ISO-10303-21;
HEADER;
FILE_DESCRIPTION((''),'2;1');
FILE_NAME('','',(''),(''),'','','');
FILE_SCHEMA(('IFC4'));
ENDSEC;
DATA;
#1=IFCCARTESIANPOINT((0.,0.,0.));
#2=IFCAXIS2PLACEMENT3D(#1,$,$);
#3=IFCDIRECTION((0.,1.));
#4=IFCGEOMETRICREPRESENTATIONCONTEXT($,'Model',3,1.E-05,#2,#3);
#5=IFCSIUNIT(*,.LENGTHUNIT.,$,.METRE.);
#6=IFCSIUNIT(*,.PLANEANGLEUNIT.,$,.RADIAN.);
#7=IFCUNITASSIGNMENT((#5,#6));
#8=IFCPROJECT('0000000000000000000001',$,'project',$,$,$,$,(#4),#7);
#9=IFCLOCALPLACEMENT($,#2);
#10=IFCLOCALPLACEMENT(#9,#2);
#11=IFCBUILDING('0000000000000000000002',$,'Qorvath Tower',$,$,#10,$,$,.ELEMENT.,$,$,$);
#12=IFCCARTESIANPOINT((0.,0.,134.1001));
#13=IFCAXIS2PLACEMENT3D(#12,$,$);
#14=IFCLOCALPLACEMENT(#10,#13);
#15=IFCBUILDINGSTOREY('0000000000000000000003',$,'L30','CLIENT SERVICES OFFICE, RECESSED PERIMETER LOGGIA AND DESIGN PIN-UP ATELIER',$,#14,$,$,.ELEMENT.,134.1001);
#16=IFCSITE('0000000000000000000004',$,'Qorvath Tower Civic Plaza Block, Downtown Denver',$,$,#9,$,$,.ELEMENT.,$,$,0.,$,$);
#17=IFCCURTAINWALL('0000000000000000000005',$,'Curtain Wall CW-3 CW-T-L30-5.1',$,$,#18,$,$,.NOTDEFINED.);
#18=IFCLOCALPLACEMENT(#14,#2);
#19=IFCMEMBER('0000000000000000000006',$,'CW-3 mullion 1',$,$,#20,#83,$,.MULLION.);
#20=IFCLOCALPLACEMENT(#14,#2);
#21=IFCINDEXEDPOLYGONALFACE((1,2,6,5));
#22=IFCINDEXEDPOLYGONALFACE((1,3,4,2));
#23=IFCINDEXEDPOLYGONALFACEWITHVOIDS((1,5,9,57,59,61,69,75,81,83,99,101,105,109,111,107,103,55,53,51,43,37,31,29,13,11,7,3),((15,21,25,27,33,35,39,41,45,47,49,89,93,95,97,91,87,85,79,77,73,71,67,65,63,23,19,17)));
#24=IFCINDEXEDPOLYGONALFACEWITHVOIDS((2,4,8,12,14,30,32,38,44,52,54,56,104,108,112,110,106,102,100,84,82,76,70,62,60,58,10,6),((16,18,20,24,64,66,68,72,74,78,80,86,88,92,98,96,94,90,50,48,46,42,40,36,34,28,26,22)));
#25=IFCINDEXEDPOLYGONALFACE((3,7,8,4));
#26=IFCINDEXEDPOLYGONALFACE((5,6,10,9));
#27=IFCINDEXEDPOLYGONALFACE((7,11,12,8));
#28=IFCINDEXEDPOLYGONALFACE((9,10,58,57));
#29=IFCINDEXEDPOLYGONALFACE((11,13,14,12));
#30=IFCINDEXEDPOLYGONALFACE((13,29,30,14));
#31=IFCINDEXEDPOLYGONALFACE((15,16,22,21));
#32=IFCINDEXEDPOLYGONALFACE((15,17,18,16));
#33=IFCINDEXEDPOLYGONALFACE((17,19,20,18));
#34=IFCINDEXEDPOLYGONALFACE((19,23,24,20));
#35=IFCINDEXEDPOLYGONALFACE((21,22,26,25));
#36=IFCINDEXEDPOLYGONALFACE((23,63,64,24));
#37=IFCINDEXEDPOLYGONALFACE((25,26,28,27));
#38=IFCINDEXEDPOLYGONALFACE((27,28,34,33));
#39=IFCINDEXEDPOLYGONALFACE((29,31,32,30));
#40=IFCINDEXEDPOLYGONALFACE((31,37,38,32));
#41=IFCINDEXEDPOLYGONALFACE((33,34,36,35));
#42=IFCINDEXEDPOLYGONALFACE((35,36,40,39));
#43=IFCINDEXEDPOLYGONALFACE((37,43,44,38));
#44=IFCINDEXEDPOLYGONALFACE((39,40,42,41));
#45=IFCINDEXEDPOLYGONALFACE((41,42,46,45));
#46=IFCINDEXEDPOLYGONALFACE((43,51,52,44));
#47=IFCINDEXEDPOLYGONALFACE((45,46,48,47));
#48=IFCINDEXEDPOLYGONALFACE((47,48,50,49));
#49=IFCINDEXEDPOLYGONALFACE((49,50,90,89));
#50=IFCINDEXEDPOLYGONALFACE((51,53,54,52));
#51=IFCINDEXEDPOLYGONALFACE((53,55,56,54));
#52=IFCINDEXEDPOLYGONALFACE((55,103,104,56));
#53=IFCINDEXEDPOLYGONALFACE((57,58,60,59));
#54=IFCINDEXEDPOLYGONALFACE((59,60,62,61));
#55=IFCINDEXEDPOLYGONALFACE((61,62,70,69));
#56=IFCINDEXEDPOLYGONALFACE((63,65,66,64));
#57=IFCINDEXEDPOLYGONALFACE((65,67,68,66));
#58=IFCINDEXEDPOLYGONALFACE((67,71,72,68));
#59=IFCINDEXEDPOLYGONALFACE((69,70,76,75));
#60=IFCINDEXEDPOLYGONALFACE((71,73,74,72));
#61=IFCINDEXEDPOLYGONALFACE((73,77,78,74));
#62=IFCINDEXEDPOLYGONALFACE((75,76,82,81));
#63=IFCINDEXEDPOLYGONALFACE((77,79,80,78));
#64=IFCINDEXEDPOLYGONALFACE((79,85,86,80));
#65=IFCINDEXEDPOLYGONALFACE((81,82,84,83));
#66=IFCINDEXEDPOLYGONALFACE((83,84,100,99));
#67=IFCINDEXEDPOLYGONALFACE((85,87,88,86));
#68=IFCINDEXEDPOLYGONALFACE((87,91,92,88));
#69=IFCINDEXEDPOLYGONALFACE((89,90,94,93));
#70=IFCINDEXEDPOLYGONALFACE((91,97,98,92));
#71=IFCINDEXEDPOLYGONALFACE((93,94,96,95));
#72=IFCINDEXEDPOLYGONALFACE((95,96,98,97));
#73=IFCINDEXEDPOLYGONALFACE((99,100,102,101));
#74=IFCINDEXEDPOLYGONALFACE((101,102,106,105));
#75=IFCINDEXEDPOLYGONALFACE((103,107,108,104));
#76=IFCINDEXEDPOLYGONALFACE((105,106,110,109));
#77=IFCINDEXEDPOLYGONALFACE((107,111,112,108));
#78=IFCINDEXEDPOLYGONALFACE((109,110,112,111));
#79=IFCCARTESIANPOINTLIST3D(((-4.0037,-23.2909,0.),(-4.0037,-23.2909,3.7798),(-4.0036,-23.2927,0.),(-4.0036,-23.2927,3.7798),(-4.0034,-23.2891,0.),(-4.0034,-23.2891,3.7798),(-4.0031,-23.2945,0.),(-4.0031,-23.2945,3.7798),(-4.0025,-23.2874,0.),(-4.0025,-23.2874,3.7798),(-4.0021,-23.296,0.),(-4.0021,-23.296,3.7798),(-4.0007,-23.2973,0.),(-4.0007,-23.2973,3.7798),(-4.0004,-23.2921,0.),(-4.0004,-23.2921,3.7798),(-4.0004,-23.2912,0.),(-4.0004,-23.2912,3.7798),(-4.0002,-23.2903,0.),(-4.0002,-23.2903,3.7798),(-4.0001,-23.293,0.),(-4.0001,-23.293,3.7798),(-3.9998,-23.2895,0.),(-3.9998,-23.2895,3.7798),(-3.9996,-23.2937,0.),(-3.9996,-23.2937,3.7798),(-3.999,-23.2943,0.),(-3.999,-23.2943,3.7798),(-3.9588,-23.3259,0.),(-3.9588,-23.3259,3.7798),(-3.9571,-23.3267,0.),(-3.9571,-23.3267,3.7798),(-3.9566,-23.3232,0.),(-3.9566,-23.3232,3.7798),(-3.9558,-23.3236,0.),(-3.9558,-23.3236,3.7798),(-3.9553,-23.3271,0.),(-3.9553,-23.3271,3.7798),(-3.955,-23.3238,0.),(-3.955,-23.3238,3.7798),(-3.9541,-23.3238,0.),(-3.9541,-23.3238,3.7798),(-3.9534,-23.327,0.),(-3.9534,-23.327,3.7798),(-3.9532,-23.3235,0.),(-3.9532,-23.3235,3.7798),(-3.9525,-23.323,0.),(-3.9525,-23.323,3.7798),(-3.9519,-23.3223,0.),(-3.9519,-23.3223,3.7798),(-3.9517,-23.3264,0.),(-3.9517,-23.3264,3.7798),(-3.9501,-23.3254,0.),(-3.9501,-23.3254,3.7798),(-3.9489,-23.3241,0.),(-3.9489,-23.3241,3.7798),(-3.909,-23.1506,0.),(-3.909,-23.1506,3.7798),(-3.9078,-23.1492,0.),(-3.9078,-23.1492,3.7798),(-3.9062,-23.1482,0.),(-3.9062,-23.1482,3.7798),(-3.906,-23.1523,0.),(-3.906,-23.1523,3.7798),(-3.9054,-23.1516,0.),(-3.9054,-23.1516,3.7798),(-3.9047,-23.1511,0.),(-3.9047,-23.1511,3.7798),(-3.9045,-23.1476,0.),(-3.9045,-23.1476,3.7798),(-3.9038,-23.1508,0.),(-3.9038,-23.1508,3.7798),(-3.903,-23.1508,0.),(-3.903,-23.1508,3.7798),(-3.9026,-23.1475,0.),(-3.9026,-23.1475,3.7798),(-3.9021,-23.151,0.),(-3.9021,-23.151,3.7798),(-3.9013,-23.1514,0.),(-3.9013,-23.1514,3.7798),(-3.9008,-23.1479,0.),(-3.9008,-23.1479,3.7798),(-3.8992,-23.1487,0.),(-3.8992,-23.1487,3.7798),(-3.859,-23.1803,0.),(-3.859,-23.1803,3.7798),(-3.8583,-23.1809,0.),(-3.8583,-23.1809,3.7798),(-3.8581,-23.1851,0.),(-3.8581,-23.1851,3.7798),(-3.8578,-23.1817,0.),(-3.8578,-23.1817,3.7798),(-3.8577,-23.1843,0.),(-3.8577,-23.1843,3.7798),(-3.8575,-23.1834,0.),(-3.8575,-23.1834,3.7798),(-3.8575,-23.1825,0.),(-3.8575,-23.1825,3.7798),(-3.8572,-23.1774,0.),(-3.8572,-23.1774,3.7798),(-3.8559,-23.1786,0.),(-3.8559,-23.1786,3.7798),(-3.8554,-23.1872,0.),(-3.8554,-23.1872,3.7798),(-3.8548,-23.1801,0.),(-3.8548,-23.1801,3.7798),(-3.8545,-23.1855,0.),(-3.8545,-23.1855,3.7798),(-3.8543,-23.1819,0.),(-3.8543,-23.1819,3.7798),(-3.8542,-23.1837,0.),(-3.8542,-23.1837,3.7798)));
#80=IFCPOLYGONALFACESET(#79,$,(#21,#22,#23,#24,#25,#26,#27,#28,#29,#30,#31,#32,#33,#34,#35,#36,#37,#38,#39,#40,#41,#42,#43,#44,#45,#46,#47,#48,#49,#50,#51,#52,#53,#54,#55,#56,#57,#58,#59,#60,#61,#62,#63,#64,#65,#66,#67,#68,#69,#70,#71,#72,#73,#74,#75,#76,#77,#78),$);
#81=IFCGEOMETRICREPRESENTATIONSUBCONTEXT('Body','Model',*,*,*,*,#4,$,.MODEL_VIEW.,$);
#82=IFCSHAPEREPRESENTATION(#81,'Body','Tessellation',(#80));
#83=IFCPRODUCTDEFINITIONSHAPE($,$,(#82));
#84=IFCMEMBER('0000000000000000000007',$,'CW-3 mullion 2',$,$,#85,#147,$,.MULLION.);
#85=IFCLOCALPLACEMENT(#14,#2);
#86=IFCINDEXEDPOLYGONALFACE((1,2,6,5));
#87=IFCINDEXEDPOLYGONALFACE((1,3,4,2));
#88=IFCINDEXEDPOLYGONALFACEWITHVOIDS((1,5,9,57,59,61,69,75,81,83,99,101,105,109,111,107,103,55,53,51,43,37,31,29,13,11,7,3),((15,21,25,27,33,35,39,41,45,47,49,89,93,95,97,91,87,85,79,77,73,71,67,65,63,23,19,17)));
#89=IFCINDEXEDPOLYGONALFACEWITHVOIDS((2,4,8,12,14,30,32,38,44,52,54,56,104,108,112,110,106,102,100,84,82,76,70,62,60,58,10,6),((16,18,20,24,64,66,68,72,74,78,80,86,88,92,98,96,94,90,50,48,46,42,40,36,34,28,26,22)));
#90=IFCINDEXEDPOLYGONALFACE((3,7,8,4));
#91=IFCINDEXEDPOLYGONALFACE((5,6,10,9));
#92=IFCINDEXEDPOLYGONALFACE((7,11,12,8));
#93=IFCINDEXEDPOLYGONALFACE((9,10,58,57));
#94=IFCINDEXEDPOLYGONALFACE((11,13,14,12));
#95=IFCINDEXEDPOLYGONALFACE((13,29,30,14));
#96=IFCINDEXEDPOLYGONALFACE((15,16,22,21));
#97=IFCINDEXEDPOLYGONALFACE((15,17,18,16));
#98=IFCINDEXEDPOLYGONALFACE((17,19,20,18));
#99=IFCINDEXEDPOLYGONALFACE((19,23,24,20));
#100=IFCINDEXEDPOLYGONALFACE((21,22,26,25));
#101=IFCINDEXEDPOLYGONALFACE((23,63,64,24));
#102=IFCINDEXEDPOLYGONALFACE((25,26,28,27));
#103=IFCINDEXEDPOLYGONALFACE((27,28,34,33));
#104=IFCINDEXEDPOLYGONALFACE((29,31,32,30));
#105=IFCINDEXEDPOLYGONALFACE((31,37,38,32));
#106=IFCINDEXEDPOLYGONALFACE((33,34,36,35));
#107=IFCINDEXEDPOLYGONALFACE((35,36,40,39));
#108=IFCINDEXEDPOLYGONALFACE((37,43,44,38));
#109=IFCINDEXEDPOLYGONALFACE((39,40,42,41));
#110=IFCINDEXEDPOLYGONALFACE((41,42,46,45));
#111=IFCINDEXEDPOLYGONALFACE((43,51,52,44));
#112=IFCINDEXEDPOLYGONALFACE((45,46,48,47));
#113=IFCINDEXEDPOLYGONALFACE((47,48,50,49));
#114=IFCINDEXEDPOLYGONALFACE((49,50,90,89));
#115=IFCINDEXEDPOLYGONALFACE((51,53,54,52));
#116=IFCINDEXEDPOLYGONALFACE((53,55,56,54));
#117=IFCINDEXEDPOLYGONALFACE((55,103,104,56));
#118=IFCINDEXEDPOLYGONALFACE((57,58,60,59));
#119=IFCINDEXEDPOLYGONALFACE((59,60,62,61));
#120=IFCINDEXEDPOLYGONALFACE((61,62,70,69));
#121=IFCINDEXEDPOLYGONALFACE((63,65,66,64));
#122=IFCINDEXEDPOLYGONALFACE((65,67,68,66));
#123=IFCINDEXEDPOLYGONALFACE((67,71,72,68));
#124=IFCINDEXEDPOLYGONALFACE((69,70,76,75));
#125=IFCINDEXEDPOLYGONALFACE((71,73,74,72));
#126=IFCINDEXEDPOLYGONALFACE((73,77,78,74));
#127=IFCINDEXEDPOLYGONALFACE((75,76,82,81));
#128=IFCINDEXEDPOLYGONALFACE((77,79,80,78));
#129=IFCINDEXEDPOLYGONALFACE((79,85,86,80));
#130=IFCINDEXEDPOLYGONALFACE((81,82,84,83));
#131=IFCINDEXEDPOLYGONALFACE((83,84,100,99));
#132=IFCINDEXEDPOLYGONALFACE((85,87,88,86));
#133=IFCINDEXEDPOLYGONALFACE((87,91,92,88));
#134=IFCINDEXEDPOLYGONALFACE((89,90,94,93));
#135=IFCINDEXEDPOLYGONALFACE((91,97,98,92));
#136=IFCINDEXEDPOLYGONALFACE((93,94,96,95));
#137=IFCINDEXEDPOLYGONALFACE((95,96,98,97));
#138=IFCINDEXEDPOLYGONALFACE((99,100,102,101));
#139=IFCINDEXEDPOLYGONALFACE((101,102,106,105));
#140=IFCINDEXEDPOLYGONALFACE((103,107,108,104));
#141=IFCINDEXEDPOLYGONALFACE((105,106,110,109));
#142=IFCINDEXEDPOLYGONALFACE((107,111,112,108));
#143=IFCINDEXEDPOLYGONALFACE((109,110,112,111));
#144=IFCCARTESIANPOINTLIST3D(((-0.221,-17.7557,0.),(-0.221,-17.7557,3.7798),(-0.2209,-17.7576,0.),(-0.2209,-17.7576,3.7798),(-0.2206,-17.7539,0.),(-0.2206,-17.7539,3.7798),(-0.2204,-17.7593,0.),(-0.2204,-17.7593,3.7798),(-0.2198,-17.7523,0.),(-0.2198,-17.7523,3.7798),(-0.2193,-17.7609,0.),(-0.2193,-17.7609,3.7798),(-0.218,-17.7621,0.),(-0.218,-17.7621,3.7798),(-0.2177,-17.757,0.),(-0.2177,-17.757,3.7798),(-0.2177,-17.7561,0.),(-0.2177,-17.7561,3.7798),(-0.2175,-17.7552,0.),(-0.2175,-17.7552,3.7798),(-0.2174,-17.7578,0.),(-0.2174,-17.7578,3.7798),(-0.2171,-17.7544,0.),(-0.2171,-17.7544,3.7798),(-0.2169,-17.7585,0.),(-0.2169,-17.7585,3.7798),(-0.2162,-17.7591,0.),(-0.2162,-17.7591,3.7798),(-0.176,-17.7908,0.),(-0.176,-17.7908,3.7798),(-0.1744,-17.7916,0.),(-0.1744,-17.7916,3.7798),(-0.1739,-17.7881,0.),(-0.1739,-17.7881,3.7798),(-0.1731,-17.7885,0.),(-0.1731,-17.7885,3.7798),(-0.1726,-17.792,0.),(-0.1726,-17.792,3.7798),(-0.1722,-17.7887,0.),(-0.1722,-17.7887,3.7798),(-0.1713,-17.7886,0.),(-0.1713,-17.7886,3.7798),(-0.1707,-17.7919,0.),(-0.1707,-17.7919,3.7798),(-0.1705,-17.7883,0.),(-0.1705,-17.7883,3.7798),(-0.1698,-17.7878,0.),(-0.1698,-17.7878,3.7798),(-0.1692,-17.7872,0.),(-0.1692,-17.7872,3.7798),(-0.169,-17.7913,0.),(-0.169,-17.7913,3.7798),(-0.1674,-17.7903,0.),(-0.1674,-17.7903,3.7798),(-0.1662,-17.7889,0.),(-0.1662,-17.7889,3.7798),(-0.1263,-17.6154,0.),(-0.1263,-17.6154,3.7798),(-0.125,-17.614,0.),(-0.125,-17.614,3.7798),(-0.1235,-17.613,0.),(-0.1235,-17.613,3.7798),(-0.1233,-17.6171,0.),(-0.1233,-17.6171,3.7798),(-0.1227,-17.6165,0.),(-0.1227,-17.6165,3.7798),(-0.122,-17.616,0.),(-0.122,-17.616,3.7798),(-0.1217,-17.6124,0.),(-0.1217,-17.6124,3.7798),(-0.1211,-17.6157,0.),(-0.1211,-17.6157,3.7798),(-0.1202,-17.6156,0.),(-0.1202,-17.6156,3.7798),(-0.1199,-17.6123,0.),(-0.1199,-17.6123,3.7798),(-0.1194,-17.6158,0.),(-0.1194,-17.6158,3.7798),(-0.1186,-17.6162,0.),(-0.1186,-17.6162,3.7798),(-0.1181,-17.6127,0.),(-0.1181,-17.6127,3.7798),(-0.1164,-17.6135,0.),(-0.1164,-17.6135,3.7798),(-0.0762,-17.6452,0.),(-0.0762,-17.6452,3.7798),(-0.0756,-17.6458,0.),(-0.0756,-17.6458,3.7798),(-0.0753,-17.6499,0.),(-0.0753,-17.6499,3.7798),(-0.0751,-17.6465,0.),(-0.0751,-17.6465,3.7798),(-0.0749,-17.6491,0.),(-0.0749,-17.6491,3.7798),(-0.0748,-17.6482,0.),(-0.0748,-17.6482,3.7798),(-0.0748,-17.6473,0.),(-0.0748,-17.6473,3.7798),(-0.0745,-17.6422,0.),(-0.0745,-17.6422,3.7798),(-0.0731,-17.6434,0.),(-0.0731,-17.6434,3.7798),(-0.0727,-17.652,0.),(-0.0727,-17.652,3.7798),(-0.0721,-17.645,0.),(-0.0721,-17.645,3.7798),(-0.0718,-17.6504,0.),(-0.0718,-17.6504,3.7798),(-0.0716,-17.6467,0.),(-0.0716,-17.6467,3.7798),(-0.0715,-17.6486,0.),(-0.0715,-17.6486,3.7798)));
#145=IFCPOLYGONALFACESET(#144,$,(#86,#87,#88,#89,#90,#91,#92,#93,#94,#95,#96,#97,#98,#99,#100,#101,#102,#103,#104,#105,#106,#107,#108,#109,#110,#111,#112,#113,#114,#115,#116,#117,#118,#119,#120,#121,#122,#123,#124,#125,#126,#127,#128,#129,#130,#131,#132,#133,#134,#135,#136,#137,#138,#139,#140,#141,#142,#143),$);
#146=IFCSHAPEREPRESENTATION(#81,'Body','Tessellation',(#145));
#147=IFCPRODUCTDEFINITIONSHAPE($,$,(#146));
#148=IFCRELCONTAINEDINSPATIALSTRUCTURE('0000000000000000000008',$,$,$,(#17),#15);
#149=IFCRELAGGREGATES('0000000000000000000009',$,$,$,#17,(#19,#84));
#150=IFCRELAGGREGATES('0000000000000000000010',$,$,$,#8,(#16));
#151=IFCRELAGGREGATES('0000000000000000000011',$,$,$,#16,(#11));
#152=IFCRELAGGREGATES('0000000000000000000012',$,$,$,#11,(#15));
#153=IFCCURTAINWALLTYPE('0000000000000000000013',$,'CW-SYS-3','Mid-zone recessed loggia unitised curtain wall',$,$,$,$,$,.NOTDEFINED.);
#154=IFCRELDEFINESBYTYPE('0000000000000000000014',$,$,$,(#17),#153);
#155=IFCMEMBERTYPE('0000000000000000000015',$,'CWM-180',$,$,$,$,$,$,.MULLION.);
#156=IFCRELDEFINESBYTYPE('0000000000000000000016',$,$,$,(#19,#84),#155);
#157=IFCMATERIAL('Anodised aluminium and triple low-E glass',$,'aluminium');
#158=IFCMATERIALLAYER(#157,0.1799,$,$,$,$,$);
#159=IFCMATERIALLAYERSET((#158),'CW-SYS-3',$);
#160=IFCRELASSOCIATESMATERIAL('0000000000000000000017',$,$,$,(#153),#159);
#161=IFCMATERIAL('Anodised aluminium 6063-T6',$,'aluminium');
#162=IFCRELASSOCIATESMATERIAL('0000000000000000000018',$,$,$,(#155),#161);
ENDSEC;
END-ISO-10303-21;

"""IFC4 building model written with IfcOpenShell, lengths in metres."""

from ifc_helpers import new_model, si_unit, direction, frame, origin, origin_2d, place, context, subcontext, project, spatial, hollow_rectangle, extrude, material, layer, layer_set, material_profile, profile_set, type_object, element, aggregate, save


model = new_model("IFC4")

# Units and contexts
model_context = context("Model", 3, precision=1e-05, world=origin(), true_north=direction((0.0, 1.0)))
body_context = subcontext(model_context, "Body", "Model", "MODEL_VIEW")
ifc_project = project(units=[si_unit("LENGTHUNIT", "METRE"), si_unit("PLANEANGLEUNIT", "RADIAN")], contexts=[model_context])

# Site, building, storey
site_placement = place(None, origin())
site = spatial("IfcSite", under=ifc_project, at=site_placement, Name="Qorvath Tower Civic Plaza Block, Downtown Denver", CompositionType="ELEMENT", RefElevation=0.0)
building_placement = place(site_placement, origin())
building = spatial("IfcBuilding", under=site, at=building_placement, Name="Qorvath Tower", CompositionType="ELEMENT")
storey_placement = place(building_placement, frame((0.0, 0.0, 134.1001)))
storey = spatial("IfcBuildingStorey", under=building, at=storey_placement, Name="L30", Description="CLIENT SERVICES OFFICE, RECESSED PERIMETER LOGGIA AND DESIGN PIN-UP ATELIER", CompositionType="ELEMENT", Elevation=134.1001)

# Curtain wall, members
ifc_material_1 = material(Name="Anodised aluminium and triple low-E glass", Category="aluminium")
ifc_layer_1 = layer(ifc_material_1, 0.1799)
ifc_layer_set_1 = layer_set([ifc_layer_1], Name="CW-SYS-3")
curtain_wall_type = type_object("IfcCurtainWallType", Name="CW-SYS-3", Description="Mid-zone recessed loggia unitised curtain wall", PredefinedType="NOTDEFINED", material=ifc_layer_set_1)
ifc_material_2 = material(Name="Anodised aluminium 6063-T6", Category="aluminium")
ifc_material_profile_1 = material_profile(ifc_material_2, hollow_rectangle(XDim=0.0649, YDim=0.1799, WallThickness=0.0034, InnerFilletRadius=0.0034, OuterFilletRadius=0.0071, at=origin_2d()), Name="CWM 180x65")
ifc_profile_set_1 = profile_set([ifc_material_profile_1], Name="Anodised aluminium 6063-T6")
member_type_1 = type_object("IfcMemberType", Name="CWM-180", PredefinedType="MULLION", material=ifc_profile_set_1)
curtain_wall_1_placement = place(storey_placement, origin())
curtain_wall_1 = element("IfcCurtainWall", 1, at=curtain_wall_1_placement, inside=storey, type_object=curtain_wall_type, Name="Curtain Wall CW-3 CW-T-L30-5.1", PredefinedType="NOTDEFINED")
member_1_placement = place(storey_placement, frame((-3.929, -23.2373, 0.0), z_axis=(0.0, 0.0, 1.0), x_axis=(-0.825623, 0.564223, 0.0)))
member_1 = element("IfcMember", 2, at=member_1_placement, type_object=member_type_1, Name="CW-3 mullion 1", PredefinedType="MULLION", context=body_context, shape_type="SweptSolid", body=[
    extrude(hollow_rectangle(XDim=0.0649, YDim=0.1799, WallThickness=0.0034, InnerFilletRadius=0.0034, OuterFilletRadius=0.0071, at=origin_2d()), origin(), (0.0, 0.0, 1.0), 3.7798),
])
member_2_placement = place(storey_placement, frame((-0.1462, -17.7021, 0.0), z_axis=(0.0, 0.0, 1.0), x_axis=(-0.825623, 0.564223, 0.0)))
member_2 = element("IfcMember", 3, at=member_2_placement, type_object=member_type_1, Name="CW-3 mullion 2", PredefinedType="MULLION", context=body_context, shape_type="SweptSolid", body=[
    extrude(hollow_rectangle(XDim=0.0649, YDim=0.1799, WallThickness=0.0034, InnerFilletRadius=0.0034, OuterFilletRadius=0.0071, at=origin_2d()), origin(), (0.0, 0.0, 1.0), 3.7798),
])

aggregate(curtain_wall_1, [member_1, member_2])

save(model, "model.ifc")
